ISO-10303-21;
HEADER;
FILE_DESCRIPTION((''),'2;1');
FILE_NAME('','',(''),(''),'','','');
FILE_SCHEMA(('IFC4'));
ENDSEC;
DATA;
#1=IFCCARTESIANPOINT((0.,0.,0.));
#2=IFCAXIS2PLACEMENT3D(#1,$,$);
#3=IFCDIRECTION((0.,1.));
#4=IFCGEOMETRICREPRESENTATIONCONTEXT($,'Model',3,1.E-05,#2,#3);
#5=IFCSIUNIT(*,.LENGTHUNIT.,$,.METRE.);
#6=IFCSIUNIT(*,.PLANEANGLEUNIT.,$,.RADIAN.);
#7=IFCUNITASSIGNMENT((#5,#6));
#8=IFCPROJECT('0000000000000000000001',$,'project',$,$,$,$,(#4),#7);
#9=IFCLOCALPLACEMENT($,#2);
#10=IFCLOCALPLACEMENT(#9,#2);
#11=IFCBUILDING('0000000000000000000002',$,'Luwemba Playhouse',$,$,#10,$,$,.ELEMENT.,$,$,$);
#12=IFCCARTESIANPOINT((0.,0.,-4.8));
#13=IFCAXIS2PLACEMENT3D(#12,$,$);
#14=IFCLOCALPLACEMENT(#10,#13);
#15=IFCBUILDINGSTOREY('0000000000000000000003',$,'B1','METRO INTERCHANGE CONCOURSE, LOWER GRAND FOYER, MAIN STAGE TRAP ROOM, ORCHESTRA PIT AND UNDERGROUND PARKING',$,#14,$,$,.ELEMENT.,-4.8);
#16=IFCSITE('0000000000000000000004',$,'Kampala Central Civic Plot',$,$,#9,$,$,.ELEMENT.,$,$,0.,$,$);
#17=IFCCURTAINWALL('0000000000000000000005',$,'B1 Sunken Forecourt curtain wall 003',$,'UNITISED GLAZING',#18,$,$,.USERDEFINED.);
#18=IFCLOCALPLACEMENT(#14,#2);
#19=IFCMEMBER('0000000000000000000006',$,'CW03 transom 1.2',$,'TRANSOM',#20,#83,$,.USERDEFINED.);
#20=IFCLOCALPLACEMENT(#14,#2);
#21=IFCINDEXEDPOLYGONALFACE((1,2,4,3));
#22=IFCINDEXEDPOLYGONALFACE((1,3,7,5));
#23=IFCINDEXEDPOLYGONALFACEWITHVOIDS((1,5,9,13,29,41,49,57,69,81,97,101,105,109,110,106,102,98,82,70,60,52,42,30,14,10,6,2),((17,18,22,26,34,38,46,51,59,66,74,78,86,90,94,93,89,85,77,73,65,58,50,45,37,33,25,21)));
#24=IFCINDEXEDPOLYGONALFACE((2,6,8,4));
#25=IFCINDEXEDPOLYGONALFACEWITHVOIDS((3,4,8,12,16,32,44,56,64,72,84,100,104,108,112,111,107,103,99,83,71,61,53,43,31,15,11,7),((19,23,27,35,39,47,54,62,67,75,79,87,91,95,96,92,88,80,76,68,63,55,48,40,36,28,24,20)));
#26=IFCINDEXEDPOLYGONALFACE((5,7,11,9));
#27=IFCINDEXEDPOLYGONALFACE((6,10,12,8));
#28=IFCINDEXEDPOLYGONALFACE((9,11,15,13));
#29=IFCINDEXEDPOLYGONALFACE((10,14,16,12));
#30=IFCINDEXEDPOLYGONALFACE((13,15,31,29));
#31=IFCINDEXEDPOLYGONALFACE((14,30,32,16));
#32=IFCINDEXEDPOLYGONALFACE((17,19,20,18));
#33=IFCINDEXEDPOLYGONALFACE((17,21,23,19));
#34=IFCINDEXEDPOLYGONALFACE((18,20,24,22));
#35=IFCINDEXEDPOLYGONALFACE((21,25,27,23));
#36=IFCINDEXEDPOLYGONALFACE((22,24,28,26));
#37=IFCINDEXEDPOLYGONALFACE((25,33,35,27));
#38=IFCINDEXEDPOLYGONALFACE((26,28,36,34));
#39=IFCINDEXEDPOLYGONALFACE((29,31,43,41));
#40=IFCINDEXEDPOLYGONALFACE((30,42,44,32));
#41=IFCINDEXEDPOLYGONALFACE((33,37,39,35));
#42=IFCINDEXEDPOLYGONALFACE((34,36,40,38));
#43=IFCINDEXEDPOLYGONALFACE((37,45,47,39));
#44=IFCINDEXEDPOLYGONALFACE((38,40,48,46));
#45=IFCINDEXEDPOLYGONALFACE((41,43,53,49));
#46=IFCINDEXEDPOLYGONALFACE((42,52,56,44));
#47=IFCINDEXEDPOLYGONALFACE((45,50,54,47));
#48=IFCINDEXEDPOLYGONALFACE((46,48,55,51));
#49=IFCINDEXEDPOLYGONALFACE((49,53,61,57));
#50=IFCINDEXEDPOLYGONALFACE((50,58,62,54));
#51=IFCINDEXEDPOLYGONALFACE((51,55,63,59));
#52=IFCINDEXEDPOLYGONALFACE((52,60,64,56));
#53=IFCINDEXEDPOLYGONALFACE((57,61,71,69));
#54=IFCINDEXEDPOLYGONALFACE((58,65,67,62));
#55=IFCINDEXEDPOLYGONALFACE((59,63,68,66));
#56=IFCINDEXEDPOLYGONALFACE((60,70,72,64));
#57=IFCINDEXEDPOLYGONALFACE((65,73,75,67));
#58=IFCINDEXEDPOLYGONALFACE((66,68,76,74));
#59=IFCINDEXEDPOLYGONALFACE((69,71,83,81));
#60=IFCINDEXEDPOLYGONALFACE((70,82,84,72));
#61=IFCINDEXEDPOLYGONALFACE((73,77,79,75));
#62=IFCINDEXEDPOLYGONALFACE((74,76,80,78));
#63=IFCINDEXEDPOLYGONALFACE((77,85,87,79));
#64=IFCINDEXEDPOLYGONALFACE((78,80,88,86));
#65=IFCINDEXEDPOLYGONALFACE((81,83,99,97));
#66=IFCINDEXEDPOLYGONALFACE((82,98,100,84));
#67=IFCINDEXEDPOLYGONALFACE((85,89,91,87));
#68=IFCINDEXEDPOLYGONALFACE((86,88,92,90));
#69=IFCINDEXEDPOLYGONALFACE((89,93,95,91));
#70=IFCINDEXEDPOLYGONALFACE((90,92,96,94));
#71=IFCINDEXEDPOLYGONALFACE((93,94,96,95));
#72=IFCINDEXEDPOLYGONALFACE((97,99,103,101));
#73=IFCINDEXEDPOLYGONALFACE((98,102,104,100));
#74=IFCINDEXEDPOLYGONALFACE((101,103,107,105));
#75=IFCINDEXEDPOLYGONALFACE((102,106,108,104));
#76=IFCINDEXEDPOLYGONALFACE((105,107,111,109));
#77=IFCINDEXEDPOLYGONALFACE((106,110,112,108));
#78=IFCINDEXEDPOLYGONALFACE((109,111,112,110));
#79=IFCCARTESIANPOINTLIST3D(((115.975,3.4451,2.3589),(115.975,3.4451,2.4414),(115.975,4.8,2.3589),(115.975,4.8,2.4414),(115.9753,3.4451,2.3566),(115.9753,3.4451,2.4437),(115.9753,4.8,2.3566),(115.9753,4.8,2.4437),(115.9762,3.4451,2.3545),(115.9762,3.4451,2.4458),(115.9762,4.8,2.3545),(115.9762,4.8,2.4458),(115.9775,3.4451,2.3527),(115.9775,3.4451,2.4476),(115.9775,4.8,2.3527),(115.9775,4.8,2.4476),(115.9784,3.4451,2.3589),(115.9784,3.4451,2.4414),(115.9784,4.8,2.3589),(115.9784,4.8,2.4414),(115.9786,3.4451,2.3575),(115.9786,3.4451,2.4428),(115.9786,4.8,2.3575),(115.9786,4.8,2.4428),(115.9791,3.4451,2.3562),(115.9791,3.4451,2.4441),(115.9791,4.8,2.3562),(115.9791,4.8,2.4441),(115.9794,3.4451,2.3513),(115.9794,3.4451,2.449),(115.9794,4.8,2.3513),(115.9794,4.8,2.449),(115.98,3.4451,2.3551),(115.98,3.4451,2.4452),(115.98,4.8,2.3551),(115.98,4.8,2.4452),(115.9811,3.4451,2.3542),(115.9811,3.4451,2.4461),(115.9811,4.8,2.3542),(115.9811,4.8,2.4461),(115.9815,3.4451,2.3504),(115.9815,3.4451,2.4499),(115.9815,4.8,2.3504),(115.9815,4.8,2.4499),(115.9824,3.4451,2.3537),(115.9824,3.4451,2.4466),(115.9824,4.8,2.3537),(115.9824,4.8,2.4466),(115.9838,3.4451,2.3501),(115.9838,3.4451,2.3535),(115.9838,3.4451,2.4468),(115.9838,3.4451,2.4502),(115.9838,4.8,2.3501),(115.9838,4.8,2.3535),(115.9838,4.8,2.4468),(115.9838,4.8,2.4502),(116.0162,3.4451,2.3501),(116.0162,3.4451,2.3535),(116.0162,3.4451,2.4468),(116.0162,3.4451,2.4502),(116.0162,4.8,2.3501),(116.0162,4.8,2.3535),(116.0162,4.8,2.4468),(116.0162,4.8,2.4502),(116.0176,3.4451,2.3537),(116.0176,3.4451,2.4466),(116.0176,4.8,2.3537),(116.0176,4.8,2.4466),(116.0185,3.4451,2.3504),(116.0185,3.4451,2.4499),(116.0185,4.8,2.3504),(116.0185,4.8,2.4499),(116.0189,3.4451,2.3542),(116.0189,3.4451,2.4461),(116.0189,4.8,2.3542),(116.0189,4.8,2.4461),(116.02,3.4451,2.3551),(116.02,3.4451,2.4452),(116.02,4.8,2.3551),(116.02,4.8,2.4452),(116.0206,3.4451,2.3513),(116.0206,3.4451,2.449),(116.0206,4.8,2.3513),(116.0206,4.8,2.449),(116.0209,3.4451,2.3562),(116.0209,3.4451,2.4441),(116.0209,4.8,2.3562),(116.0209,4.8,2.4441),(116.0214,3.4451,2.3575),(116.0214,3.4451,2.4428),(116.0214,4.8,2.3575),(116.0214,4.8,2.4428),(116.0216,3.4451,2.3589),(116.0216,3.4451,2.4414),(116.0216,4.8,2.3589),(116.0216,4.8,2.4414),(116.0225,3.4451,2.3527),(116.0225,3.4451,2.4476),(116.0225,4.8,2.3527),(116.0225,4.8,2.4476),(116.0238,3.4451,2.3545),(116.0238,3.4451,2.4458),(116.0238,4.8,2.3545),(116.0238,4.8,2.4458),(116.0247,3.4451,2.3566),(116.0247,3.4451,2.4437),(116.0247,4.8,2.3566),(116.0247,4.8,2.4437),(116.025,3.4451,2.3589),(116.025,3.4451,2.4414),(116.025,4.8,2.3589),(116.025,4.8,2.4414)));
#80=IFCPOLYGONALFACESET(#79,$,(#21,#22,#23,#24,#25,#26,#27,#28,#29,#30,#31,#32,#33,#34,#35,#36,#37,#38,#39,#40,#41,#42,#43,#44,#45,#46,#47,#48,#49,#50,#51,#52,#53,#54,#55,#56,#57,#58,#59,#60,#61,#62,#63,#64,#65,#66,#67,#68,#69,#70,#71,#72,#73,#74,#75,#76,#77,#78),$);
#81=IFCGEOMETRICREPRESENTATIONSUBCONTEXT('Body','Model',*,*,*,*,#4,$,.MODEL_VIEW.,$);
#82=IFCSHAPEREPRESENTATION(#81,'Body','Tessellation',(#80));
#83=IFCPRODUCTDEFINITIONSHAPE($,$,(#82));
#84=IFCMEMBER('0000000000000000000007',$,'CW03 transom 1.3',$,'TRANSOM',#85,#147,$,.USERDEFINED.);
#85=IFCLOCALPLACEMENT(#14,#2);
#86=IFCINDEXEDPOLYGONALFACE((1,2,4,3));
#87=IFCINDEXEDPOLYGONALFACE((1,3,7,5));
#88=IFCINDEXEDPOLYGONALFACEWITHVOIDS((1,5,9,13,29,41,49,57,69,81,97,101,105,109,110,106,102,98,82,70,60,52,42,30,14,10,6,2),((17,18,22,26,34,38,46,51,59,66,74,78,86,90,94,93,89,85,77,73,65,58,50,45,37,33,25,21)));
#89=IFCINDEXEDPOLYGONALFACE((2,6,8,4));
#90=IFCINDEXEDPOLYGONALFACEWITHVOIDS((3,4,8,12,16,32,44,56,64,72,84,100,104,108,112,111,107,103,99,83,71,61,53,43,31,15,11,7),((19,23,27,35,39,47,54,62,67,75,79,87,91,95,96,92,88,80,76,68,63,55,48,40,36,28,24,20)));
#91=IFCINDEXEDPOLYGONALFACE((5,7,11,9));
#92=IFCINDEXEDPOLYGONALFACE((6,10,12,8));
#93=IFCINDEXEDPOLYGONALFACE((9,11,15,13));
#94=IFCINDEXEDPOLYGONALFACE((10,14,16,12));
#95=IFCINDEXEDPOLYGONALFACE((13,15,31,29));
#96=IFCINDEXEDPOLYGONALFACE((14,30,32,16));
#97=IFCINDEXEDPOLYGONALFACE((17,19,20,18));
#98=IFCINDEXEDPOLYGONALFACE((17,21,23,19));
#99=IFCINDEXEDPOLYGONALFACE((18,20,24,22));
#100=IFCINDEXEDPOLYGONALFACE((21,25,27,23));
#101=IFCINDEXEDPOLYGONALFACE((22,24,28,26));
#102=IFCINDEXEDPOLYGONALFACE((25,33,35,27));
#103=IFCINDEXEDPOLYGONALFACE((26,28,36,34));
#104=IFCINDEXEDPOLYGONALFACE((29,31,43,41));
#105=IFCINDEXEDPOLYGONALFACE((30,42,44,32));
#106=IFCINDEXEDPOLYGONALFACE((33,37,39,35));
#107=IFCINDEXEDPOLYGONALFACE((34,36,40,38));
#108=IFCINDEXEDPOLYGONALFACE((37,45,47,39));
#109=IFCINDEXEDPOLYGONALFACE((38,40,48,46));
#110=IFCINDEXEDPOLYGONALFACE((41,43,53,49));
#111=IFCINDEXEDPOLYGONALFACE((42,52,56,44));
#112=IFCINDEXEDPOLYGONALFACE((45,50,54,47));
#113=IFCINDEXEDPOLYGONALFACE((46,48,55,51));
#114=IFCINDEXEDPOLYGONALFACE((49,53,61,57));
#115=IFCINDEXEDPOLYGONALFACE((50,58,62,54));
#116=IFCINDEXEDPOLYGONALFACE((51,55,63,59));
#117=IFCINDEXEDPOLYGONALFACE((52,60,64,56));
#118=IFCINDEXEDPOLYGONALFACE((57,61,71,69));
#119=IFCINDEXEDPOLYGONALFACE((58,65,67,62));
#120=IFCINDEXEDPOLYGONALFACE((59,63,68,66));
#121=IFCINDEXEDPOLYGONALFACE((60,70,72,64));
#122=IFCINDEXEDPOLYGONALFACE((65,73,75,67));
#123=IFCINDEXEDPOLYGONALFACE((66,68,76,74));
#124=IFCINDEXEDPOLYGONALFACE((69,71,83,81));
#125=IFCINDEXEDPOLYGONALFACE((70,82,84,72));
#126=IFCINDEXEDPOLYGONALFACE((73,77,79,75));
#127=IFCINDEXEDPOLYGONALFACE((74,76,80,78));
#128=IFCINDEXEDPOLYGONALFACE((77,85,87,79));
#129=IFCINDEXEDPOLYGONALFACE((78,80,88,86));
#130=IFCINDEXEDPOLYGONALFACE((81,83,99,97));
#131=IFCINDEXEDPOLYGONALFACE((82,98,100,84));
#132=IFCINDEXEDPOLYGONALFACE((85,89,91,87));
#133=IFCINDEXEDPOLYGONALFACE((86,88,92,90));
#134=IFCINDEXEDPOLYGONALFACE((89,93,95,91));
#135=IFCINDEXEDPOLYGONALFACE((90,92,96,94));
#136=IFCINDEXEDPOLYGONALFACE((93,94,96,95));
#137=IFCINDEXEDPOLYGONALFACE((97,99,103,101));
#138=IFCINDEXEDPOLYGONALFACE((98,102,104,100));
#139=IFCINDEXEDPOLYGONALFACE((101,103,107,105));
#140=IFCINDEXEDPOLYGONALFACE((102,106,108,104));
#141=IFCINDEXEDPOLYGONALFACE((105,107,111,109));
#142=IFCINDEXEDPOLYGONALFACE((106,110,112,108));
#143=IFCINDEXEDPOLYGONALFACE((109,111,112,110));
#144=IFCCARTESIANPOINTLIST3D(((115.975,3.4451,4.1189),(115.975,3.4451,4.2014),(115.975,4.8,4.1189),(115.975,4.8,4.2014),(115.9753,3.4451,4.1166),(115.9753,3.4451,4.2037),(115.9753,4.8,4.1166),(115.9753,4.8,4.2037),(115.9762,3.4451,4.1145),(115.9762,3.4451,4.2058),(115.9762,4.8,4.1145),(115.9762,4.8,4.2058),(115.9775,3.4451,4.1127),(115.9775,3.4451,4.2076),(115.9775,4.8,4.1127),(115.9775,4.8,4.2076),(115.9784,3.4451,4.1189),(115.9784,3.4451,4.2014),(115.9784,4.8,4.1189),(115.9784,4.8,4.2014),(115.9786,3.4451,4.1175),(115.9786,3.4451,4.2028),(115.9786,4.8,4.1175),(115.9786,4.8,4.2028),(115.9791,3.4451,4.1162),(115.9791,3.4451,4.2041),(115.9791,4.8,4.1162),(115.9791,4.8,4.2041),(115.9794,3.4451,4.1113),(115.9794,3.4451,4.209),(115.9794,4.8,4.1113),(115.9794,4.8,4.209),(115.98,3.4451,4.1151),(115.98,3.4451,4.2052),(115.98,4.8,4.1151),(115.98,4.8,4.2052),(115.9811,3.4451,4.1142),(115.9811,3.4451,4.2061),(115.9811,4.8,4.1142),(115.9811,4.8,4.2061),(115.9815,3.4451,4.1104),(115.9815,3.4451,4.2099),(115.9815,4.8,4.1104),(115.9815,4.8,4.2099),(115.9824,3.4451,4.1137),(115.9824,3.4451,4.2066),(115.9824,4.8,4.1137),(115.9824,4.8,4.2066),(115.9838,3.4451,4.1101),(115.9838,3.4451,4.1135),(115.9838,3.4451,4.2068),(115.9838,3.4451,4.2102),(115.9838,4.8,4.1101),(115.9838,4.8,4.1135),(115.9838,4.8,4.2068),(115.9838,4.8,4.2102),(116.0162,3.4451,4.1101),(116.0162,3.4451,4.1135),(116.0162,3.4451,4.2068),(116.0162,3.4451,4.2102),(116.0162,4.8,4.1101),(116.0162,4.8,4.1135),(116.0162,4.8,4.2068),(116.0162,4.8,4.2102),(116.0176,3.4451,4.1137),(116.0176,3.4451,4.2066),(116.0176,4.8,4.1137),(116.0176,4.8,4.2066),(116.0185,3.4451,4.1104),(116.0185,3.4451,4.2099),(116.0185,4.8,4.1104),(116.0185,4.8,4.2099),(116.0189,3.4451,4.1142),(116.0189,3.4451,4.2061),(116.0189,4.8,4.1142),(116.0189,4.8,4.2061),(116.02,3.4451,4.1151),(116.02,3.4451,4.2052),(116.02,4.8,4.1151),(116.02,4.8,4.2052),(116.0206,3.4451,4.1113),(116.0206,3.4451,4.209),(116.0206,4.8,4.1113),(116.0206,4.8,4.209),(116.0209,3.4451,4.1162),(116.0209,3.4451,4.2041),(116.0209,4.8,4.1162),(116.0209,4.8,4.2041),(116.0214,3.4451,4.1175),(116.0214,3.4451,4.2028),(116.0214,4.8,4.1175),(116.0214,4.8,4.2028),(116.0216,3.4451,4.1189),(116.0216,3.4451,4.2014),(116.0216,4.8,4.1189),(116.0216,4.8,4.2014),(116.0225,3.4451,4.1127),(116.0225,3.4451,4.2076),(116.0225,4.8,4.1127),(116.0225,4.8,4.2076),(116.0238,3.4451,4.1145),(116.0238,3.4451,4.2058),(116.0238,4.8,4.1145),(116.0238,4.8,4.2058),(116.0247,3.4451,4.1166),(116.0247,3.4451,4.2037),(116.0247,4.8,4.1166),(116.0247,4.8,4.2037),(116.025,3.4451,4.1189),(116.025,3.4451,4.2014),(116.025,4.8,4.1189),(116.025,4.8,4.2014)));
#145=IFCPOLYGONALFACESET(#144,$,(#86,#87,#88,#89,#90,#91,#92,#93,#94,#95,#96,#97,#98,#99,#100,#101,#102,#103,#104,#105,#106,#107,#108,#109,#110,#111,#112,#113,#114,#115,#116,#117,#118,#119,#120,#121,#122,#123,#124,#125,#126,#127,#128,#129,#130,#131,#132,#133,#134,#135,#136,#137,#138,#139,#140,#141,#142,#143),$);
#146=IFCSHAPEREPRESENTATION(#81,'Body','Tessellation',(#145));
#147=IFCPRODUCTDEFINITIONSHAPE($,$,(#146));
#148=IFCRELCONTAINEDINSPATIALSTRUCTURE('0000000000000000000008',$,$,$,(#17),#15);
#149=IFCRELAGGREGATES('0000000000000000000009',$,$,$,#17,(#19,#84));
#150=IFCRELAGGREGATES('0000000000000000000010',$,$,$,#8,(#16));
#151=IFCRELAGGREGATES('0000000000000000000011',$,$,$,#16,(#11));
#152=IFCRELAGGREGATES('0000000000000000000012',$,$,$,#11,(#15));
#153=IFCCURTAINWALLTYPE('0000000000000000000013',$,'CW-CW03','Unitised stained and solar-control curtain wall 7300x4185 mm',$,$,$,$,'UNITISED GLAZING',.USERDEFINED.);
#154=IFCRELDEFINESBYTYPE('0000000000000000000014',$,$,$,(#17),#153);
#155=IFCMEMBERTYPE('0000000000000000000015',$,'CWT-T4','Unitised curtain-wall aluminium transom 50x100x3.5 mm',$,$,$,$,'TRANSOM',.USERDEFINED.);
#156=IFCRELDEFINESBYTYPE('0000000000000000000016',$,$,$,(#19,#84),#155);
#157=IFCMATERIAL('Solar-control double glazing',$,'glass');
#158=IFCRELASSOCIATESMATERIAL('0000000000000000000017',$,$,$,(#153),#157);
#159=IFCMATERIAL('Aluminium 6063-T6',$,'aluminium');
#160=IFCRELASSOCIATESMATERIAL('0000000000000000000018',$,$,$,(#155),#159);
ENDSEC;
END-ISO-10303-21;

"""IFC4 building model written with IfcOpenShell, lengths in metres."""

from ifc_helpers import new_model, si_unit, direction, frame, origin, origin_2d, place, context, subcontext, project, spatial, hollow_rectangle, extrude, material, material_profile, profile_set, type_object, element, aggregate, save


model = new_model("IFC4")

# Units and contexts
model_context = context("Model", 3, precision=1e-05, world=origin(), true_north=direction((0.0, 1.0)))
body_context = subcontext(model_context, "Body", "Model", "MODEL_VIEW")
ifc_project = project(units=[si_unit("LENGTHUNIT", "METRE"), si_unit("PLANEANGLEUNIT", "RADIAN")], contexts=[model_context])

# Site, building, storey
site_placement = place(None, origin())
site = spatial("IfcSite", under=ifc_project, at=site_placement, Name="Kampala Central Civic Plot", CompositionType="ELEMENT", RefElevation=0.0)
building_placement = place(site_placement, origin())
building = spatial("IfcBuilding", under=site, at=building_placement, Name="Luwemba Playhouse", CompositionType="ELEMENT")
storey_placement = place(building_placement, frame((0.0, 0.0, -4.8)))
storey = spatial("IfcBuildingStorey", under=building, at=storey_placement, Name="B1", Description="METRO INTERCHANGE CONCOURSE, LOWER GRAND FOYER, MAIN STAGE TRAP ROOM, ORCHESTRA PIT AND UNDERGROUND PARKING", CompositionType="ELEMENT", Elevation=-4.8)

# Curtain wall, members
ifc_material_1 = material(Name="Solar-control double glazing", Category="glass")
curtain_wall_type = type_object("IfcCurtainWallType", Name="CW-CW03", Description="Unitised stained and solar-control curtain wall 7300x4185 mm", ElementType="UNITISED GLAZING", PredefinedType="USERDEFINED", material=ifc_material_1)
curtain_wall_placement = place(storey_placement, origin())
curtain_wall = element("IfcCurtainWall", 1, at=curtain_wall_placement, inside=storey, type_object=curtain_wall_type, Name="B1 Sunken Forecourt curtain wall 003", ObjectType="UNITISED GLAZING", PredefinedType="USERDEFINED")
ifc_material_2 = material(Name="Aluminium 6063-T6", Category="aluminium")
ifc_material_profile_1 = material_profile(ifc_material_2, hollow_rectangle(XDim=0.05, YDim=0.1001, WallThickness=0.0034, InnerFilletRadius=0.0054, OuterFilletRadius=0.0088, at=origin_2d()))
ifc_profile_set_1 = profile_set([ifc_material_profile_1], Name="Aluminium 6063-T6")
member_type_1 = type_object("IfcMemberType", Name="CWT-T4", Description="Unitised curtain-wall aluminium transom 50x100x3.5 mm", ElementType="TRANSOM", PredefinedType="USERDEFINED", material=ifc_profile_set_1)
member_1_placement = place(storey_placement, frame((116.0, 3.4451, 2.4001), z_axis=(0.0, 1.0, 0.0), x_axis=(-1.0, 0.0, 0.0)))
member_1 = element("IfcMember", 2, at=member_1_placement, type_object=member_type_1, Name="CW03 transom 1.2", ObjectType="TRANSOM", PredefinedType="USERDEFINED", context=body_context, shape_type="SweptSolid", body=[
    extrude(hollow_rectangle(XDim=0.05, YDim=0.1001, WallThickness=0.0034, InnerFilletRadius=0.0054, OuterFilletRadius=0.0088, at=origin_2d()), origin(), (0.0, 0.0, 1.0), 1.355),
])
member_2_placement = place(storey_placement, frame((116.0, 3.4451, 4.1602), z_axis=(0.0, 1.0, 0.0), x_axis=(-1.0, 0.0, 0.0)))
member_2 = element("IfcMember", 3, at=member_2_placement, type_object=member_type_1, Name="CW03 transom 1.3", ObjectType="TRANSOM", PredefinedType="USERDEFINED", context=body_context, shape_type="SweptSolid", body=[
    extrude(hollow_rectangle(XDim=0.05, YDim=0.1001, WallThickness=0.0034, InnerFilletRadius=0.0054, OuterFilletRadius=0.0088, at=origin_2d()), origin(), (0.0, 0.0, 1.0), 1.355),
])
aggregate(curtain_wall, [member_1, member_2])

save(model, "model.ifc")
